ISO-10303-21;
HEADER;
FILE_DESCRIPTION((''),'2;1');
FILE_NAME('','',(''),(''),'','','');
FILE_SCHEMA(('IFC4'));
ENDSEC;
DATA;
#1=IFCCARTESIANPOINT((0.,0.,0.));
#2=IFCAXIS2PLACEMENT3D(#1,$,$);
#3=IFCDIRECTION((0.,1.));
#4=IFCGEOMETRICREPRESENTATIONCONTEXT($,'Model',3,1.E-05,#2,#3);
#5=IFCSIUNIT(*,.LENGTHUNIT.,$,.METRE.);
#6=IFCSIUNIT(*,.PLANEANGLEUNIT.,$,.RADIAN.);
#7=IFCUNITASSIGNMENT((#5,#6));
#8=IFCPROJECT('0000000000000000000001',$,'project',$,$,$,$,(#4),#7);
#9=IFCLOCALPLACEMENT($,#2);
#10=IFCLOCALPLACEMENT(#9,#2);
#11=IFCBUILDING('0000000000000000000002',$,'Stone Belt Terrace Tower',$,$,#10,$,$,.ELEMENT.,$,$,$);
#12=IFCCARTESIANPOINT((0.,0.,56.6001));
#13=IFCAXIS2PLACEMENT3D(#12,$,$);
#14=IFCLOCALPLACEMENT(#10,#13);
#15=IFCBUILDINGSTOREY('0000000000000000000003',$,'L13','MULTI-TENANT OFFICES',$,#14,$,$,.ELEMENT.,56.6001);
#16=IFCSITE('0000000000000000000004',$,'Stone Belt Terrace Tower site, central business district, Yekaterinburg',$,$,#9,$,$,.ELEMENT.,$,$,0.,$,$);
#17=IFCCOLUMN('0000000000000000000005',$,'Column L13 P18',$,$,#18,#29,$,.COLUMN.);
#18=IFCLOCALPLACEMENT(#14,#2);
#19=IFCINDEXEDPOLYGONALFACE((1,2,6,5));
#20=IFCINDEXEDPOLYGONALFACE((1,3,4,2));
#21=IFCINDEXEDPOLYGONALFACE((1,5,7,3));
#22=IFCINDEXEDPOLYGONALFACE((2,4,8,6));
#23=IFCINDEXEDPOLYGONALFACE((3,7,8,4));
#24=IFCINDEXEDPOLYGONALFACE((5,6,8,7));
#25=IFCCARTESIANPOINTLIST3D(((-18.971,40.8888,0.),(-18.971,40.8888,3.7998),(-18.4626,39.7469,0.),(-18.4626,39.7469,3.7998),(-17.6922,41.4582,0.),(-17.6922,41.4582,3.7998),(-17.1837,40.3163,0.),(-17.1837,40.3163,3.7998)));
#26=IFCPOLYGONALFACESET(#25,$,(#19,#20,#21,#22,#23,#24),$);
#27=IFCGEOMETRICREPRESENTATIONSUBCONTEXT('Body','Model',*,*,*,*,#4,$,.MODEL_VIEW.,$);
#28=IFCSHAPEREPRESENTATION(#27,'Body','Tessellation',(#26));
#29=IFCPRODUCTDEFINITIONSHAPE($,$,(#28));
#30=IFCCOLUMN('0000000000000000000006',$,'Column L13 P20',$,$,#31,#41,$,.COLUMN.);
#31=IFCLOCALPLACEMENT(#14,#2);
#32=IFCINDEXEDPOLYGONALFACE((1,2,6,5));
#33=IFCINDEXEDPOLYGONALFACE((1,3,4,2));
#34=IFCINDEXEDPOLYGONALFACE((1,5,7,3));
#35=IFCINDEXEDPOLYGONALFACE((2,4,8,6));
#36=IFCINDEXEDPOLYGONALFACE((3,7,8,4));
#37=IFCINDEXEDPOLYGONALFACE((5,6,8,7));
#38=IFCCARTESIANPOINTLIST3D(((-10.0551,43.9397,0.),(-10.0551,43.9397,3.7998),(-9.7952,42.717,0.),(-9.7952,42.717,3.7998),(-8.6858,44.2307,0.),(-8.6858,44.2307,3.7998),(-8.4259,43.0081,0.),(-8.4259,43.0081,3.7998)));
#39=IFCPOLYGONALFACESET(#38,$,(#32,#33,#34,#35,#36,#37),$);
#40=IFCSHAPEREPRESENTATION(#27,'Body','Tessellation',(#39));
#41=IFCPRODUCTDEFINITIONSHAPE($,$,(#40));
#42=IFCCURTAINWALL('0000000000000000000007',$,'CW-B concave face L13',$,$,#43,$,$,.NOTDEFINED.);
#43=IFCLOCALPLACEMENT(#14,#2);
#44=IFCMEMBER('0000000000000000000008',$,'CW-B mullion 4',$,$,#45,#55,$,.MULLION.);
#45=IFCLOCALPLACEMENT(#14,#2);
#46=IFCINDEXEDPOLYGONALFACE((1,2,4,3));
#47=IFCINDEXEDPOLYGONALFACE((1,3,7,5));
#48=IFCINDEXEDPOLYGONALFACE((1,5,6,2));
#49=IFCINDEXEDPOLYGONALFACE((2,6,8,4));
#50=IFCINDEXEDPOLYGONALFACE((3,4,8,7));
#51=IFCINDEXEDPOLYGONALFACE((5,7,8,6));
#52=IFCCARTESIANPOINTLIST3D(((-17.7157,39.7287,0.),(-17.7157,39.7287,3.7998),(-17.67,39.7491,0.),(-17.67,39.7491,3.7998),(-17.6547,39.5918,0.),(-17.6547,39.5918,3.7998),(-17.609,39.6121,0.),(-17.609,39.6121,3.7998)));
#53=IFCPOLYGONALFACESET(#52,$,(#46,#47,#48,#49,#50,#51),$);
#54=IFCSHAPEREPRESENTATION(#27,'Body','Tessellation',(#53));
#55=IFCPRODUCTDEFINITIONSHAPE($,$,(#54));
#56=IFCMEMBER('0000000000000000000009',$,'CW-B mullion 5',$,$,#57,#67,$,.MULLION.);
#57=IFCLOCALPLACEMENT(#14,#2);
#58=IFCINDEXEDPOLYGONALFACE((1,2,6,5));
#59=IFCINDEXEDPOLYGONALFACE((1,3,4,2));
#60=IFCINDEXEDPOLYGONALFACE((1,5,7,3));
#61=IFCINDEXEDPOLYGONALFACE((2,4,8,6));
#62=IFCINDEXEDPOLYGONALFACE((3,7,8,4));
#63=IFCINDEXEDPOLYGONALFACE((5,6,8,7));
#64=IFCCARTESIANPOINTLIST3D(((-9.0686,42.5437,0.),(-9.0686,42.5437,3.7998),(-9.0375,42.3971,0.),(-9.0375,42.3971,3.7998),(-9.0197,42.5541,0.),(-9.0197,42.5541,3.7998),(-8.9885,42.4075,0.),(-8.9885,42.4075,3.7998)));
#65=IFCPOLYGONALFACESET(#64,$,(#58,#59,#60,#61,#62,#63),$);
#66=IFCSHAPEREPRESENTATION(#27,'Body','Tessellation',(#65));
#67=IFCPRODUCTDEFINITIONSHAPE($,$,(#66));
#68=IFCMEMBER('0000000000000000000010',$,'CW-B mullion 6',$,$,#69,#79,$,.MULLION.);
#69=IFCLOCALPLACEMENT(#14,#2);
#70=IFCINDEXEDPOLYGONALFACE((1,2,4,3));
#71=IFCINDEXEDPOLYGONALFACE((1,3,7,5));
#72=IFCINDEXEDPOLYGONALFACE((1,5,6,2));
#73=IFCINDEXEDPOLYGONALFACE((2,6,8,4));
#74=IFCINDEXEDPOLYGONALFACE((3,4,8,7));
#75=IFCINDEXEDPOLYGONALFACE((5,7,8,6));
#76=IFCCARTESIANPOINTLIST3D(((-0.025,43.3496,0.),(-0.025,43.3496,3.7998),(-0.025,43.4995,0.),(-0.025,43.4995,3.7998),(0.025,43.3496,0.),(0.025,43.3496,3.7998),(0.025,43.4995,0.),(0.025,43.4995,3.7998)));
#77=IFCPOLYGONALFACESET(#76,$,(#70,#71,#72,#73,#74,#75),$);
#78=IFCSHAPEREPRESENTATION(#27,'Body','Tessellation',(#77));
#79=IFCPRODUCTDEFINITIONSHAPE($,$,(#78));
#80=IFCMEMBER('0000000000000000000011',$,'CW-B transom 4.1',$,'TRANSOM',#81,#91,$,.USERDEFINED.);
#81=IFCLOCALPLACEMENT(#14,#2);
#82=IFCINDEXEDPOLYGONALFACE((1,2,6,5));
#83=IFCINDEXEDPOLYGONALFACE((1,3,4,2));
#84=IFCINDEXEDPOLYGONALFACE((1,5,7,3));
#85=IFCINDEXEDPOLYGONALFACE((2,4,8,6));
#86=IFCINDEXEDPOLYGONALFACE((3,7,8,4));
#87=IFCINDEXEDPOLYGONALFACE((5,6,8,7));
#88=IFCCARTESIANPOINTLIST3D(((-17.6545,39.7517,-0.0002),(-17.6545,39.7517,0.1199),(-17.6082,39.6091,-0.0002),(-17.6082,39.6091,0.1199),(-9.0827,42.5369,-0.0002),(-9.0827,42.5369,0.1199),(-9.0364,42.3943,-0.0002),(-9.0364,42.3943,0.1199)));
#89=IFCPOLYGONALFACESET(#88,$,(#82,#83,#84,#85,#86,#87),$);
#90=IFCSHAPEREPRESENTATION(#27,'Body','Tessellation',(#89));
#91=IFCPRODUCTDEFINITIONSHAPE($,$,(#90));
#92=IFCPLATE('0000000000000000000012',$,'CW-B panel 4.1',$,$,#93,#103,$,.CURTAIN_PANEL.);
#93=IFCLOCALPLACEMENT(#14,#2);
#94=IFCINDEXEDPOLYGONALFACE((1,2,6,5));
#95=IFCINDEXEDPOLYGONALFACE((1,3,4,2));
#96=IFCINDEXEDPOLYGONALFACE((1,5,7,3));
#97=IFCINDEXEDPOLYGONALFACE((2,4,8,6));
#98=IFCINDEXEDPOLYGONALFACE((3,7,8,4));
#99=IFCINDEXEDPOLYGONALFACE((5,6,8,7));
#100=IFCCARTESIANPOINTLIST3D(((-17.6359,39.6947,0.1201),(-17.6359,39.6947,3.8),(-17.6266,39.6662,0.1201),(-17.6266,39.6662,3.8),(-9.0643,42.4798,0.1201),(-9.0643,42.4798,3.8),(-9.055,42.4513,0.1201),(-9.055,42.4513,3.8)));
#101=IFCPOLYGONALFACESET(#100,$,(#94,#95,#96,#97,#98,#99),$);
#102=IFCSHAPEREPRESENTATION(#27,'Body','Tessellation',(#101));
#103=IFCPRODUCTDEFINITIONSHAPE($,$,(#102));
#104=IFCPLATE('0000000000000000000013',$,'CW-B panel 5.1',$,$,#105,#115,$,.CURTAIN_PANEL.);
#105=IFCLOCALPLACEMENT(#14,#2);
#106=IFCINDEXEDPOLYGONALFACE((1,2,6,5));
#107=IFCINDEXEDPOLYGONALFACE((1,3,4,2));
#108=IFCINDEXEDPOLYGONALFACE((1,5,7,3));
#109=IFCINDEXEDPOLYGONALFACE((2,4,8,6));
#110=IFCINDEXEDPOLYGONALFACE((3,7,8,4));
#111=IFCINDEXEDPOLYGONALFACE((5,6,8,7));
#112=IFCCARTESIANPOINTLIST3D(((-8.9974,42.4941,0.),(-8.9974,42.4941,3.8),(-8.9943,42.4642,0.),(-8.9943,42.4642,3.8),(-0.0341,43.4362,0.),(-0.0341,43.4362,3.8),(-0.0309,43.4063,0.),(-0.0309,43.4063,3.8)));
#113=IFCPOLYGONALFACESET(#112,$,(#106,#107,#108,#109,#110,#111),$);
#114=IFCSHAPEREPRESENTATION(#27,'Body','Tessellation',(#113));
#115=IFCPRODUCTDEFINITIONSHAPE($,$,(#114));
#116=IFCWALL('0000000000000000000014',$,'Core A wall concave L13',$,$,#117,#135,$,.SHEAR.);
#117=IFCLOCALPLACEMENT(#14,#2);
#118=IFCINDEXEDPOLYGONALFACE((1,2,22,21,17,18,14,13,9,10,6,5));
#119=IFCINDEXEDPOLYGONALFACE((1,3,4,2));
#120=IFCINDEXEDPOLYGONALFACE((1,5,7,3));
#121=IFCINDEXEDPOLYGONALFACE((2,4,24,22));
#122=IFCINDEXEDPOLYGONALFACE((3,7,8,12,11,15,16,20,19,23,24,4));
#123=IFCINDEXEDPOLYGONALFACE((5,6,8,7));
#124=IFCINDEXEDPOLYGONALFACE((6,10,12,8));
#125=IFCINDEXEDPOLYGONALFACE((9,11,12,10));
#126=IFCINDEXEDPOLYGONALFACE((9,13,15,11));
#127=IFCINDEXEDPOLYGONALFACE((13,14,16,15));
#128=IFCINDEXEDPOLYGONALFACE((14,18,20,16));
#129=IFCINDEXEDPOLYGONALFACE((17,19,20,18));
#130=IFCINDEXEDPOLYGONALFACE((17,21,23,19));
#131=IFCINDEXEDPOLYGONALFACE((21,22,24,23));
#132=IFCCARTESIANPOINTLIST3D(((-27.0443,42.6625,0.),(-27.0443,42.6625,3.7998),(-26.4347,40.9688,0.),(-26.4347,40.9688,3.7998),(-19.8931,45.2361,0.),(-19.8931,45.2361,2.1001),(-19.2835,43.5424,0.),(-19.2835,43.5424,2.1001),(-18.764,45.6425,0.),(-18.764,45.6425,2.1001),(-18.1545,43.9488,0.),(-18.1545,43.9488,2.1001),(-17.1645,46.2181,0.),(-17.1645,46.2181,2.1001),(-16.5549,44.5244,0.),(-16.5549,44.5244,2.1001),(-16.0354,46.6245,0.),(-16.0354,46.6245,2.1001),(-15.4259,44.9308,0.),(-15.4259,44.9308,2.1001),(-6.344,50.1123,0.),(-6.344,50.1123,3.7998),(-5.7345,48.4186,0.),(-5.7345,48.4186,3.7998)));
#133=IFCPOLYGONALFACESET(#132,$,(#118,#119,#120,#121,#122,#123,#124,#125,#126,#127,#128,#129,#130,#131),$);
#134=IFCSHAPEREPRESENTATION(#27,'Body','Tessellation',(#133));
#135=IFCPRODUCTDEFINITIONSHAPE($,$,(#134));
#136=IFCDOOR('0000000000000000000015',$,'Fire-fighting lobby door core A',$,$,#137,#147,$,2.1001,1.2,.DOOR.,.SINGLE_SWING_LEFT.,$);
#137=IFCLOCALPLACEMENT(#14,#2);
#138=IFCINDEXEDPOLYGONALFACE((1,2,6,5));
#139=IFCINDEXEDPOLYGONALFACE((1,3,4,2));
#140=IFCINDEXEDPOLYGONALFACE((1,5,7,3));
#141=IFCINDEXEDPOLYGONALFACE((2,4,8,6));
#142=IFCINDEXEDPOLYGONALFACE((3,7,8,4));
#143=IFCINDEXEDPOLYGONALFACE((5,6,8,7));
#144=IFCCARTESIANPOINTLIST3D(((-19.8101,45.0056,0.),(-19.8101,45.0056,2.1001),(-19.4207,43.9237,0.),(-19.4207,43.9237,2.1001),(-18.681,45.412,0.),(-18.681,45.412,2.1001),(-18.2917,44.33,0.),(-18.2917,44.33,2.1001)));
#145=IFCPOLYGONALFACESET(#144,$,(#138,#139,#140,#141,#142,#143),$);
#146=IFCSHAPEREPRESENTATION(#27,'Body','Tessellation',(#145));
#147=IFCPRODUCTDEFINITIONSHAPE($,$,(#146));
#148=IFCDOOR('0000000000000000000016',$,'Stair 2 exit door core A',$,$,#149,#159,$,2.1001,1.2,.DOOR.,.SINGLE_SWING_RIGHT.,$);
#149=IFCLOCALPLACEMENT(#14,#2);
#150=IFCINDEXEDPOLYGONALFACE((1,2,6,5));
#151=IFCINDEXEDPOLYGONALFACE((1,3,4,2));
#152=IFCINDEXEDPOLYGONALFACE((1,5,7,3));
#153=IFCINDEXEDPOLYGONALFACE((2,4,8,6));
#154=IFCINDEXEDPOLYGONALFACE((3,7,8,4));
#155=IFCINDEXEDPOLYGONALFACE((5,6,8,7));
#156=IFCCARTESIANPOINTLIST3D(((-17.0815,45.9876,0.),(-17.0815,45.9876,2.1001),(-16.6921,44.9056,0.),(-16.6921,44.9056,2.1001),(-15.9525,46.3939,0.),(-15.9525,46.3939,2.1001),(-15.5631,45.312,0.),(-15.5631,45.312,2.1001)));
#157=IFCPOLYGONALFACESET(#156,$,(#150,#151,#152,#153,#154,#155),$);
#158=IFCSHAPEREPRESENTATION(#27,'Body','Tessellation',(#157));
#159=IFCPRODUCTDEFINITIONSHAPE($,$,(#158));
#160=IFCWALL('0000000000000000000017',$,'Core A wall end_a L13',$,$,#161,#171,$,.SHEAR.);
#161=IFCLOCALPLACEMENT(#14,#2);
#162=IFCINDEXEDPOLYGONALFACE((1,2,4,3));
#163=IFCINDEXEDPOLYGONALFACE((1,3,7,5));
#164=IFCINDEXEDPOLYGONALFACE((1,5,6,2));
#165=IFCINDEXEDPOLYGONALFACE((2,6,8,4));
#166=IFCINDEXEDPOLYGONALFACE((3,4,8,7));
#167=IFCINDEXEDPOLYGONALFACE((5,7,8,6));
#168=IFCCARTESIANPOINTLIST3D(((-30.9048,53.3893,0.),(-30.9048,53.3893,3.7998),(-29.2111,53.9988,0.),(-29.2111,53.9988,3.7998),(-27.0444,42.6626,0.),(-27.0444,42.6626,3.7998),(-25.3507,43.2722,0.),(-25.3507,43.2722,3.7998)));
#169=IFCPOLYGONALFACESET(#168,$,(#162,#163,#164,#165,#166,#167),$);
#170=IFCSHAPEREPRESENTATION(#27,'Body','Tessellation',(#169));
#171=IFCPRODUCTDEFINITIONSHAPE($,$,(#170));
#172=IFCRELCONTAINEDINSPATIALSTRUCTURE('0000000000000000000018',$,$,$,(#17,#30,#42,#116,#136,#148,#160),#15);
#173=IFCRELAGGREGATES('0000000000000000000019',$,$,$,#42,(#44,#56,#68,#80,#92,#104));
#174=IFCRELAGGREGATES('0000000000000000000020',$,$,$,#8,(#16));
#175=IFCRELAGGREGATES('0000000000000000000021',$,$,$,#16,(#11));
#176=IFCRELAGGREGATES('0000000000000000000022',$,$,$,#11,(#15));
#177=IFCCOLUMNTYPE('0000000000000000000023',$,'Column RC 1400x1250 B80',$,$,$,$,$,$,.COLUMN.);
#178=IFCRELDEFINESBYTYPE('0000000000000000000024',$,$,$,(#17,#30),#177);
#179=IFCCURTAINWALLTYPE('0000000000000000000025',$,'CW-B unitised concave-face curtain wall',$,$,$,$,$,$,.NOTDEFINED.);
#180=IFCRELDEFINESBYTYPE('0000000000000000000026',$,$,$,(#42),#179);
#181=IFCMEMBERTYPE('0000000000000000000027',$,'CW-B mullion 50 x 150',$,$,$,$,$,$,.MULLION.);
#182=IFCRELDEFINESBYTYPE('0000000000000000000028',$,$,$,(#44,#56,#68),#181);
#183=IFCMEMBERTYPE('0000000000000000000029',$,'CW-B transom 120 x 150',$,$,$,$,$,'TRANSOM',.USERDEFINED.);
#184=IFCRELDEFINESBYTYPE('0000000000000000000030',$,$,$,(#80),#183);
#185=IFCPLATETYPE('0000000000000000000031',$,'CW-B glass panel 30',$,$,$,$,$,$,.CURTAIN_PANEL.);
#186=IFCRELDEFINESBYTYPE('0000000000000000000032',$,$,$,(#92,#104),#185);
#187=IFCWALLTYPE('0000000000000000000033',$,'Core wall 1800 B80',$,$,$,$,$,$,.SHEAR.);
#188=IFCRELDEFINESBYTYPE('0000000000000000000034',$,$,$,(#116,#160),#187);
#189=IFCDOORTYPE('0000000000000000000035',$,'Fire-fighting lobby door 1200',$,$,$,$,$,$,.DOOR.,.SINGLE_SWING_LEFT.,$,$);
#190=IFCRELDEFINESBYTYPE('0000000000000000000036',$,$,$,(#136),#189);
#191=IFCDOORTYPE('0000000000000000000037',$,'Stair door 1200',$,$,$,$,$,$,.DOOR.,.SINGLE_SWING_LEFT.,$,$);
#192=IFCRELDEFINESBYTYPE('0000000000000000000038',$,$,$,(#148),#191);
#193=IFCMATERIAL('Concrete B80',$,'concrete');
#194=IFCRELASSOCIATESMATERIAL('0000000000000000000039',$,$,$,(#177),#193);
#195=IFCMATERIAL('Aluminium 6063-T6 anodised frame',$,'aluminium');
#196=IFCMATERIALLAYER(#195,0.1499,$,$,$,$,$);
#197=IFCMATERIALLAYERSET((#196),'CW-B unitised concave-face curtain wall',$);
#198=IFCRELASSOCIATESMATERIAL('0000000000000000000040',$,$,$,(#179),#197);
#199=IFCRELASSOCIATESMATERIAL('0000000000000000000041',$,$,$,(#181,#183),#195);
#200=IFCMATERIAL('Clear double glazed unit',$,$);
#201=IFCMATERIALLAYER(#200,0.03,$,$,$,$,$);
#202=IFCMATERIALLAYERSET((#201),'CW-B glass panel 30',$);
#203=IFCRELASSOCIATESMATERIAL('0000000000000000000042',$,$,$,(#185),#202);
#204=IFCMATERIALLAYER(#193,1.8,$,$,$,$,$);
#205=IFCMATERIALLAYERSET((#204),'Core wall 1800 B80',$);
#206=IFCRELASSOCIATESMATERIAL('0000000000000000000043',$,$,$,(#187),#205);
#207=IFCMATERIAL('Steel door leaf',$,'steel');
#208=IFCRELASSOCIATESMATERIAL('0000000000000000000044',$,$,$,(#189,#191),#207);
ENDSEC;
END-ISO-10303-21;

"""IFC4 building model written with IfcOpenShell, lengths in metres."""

from ifc_helpers import new_model, si_unit, direction, frame, frame_2d, origin, origin_2d, place, context, subcontext, project, spatial, rectangle, extrude, material, layer, layer_set, material_profile, profile_set, type_object, element, fill, aggregate, save


model = new_model("IFC4")

# Units and contexts
model_context = context("Model", 3, precision=1e-05, world=origin(), true_north=direction((0.0, 1.0)))
body_context = subcontext(model_context, "Body", "Model", "MODEL_VIEW")
ifc_project = project(units=[si_unit("LENGTHUNIT", "METRE"), si_unit("PLANEANGLEUNIT", "RADIAN")], contexts=[model_context])

# Site, building, storey
site_placement = place(None, origin())
site = spatial("IfcSite", under=ifc_project, at=site_placement, Name="Stone Belt Terrace Tower site, central business district, Yekaterinburg", CompositionType="ELEMENT", RefElevation=0.0)
building_placement = place(site_placement, origin())
building = spatial("IfcBuilding", under=site, at=building_placement, Name="Stone Belt Terrace Tower", CompositionType="ELEMENT")
storey_placement = place(building_placement, frame((0.0, 0.0, 56.6001)))
storey = spatial("IfcBuildingStorey", under=building, at=storey_placement, Name="L13", Description="MULTI-TENANT OFFICES", CompositionType="ELEMENT", Elevation=56.6001)

# Columns
ifc_material_1 = material(Name="Concrete B80", Category="concrete")
ifc_material_profile_1 = material_profile(ifc_material_1, rectangle(XDim=1.3999, YDim=1.25, at=origin_2d()), Name="RC 1400x1250")
ifc_profile_set_1 = profile_set([ifc_material_profile_1], Name="Concrete B80")
column_type = type_object("IfcColumnType", Name="Column RC 1400x1250 B80", PredefinedType="COLUMN", material=ifc_profile_set_1)
for number, where, z_axis, x_axis, name in (
    (1, (-18.0774, 40.6025, 0.0), (0.0, 0.0, 1.0), (0.913545, 0.406737, 0.0), "Column L13 P18"),
    (2, (-9.2405, 43.4739, 0.0), (0.0, 0.0, 1.0), (0.978148, 0.207912, 0.0), "Column L13 P20"),
):
    element("IfcColumn", number, at=place(storey_placement, frame(where, z_axis=z_axis, x_axis=x_axis)), inside=storey, type_object=column_type, Name=name, PredefinedType="COLUMN", context=body_context, shape_type="SweptSolid", body=[
        extrude(rectangle(XDim=1.3999, YDim=1.25, at=origin_2d()), origin(), (0.0, 0.0, 1.0), 3.7998),
    ])

# Curtain wall, members, plates
ifc_material_2 = material(Name="Aluminium 6063-T6 anodised frame", Category="aluminium")
ifc_layer_1 = layer(ifc_material_2, 0.1499)
ifc_layer_set_1 = layer_set([ifc_layer_1], Name="CW-B unitised concave-face curtain wall")
curtain_wall_type = type_object("IfcCurtainWallType", Name="CW-B unitised concave-face curtain wall", PredefinedType="NOTDEFINED", material=ifc_layer_set_1)
curtain_wall_placement = place(storey_placement, origin())
curtain_wall = element("IfcCurtainWall", 3, at=curtain_wall_placement, inside=storey, type_object=curtain_wall_type, Name="CW-B concave face L13", PredefinedType="NOTDEFINED")
ifc_material_profile_2 = material_profile(ifc_material_2, rectangle(XDim=0.1499, YDim=0.05, at=origin_2d()), Name="Aluminium 6063-T6 50x150")
ifc_profile_set_2 = profile_set([ifc_material_profile_2], Name="Aluminium 6063-T6 anodised frame")
member_type_1 = type_object("IfcMemberType", Name="CW-B mullion 50 x 150", PredefinedType="MULLION", material=ifc_profile_set_2)
member_1_placement = place(storey_placement, frame((-17.6624, 39.6704, 0.0), z_axis=(0.0, 0.0, 1.0), x_axis=(-0.406737, 0.913545, 0.0)))
member_1 = element("IfcMember", 4, at=member_1_placement, type_object=member_type_1, Name="CW-B mullion 4", PredefinedType="MULLION", context=body_context, shape_type="SweptSolid", body=[
    extrude(rectangle(XDim=0.1499, YDim=0.05, at=origin_2d()), origin(), (0.0, 0.0, 1.0), 3.7998),
])
member_2_placement = place(storey_placement, frame((-9.0286, 42.4756, 0.0), z_axis=(0.0, 0.0, 1.0), x_axis=(-0.207912, 0.978148, 0.0)))
member_2 = element("IfcMember", 5, at=member_2_placement, type_object=member_type_1, Name="CW-B mullion 5", PredefinedType="MULLION", context=body_context, shape_type="SweptSolid", body=[
    extrude(rectangle(XDim=0.1499, YDim=0.05, at=origin_2d()), origin(), (0.0, 0.0, 1.0), 3.7998),
])
member_3_placement = place(storey_placement, frame((0.0, 43.4246, 0.0), z_axis=(0.0, 0.0, 1.0), x_axis=(0.0, 1.0, 0.0)))
member_3 = element("IfcMember", 6, at=member_3_placement, type_object=member_type_1, Name="CW-B mullion 6", PredefinedType="MULLION", context=body_context, shape_type="SweptSolid", body=[
    extrude(rectangle(XDim=0.1499, YDim=0.05, at=origin_2d()), origin(), (0.0, 0.0, 1.0), 3.7998),
])
ifc_material_profile_3 = material_profile(ifc_material_2, rectangle(XDim=0.1499, YDim=0.1201, at=origin_2d()), Name="Aluminium 6063-T6 150x120")
ifc_profile_set_3 = profile_set([ifc_material_profile_3], Name="Aluminium 6063-T6 anodised frame")
member_type_2 = type_object("IfcMemberType", Name="CW-B transom 120 x 150", ElementType="TRANSOM", PredefinedType="USERDEFINED", material=ifc_profile_set_3)
member_4_placement = place(storey_placement, frame((-17.6313, 39.6804, 0.0598), z_axis=(0.951056, 0.309019, 0.0), x_axis=(-0.309019, 0.951056, 0.0)))
member_4 = element("IfcMember", 7, at=member_4_placement, type_object=member_type_2, Name="CW-B transom 4.1", ObjectType="TRANSOM", PredefinedType="USERDEFINED", context=body_context, shape_type="SweptSolid", body=[
    extrude(rectangle(XDim=0.1499, YDim=0.1201, at=origin_2d()), origin(), (0.0, 0.0, 1.0), 9.0129),
])
ifc_material_3 = material(Name="Clear double glazed unit")
ifc_layer_2 = layer(ifc_material_3, 0.03)
ifc_layer_set_2 = layer_set([ifc_layer_2], Name="CW-B glass panel 30")
plate_type = type_object("IfcPlateType", Name="CW-B glass panel 30", PredefinedType="CURTAIN_PANEL", material=ifc_layer_set_2)
plate_1_placement = place(storey_placement, frame((-13.3455, 41.073, 0.1201), z_axis=(0.0, 0.0, 1.0), x_axis=(0.951057, 0.309017, 0.0)))
plate_1 = element("IfcPlate", 8, at=plate_1_placement, type_object=plate_type, Name="CW-B panel 4.1", PredefinedType="CURTAIN_PANEL", context=body_context, shape_type="SweptSolid", body=[
    extrude(rectangle(XDim=9.0127, YDim=0.03, at=origin_2d()), origin(), (0.0, 0.0, 1.0), 3.6799),
])
plate_2_placement = place(storey_placement, frame((-4.5142, 42.9502, 0.0), z_axis=(0.0, 0.0, 1.0), x_axis=(0.994522, 0.104528, 0.0)))
plate_2 = element("IfcPlate", 9, at=plate_2_placement, type_object=plate_type, Name="CW-B panel 5.1", PredefinedType="CURTAIN_PANEL", context=body_context, shape_type="SweptSolid", body=[
    extrude(rectangle(XDim=9.0127, YDim=0.03, at=origin_2d()), origin(), (0.0, 0.0, 1.0), 3.8),
])
aggregate(curtain_wall, [member_1, member_2, member_3, member_4, plate_1, plate_2])

# Wall, openings, doors
ifc_layer_3 = layer(ifc_material_1, 1.8)
ifc_layer_set_3 = layer_set([ifc_layer_3], Name="Core wall 1800 B80")
wall_type_1 = type_object("IfcWallType", Name="Core wall 1800 B80", PredefinedType="SHEAR", material=ifc_layer_set_3)
wall_1_placement = place(storey_placement, frame((-26.7395, 41.8157, 0.0), z_axis=(0.0, 0.0, 1.0), x_axis=(0.940922, 0.338624, 0.0)))
wall_1 = element("IfcWall", 10, at=wall_1_placement, inside=storey, type_object=wall_type_1, Name="Core A wall concave L13", PredefinedType="SHEAR", context=body_context, shape_type="SweptSolid", body=[
    extrude(rectangle(XDim=22.0, YDim=1.8, at=frame_2d((11.0, 0.0))), origin(), (0.0, 0.0, 1.0), 3.7998),
])
opening_1_placement = place(wall_1_placement, frame((7.6001, 0.0, 0.0)))
opening_1 = element("IfcOpeningElement", 11, at=opening_1_placement, cuts=wall_1, PredefinedType="OPENING", context=body_context, shape_type="SweptSolid", body=[
    extrude(rectangle(XDim=1.2, YDim=2.1001, at=frame_2d((0.6001, 1.05))), frame((0.0, 0.9099, 0.0), z_axis=(0.0, -1.0, 0.0), x_axis=(1.0, 0.0, 0.0)), (0.0, 0.0, 1.0), 1.8201),
])
opening_2_placement = place(wall_1_placement, frame((10.5, 0.0, 0.0)))
opening_2 = element("IfcOpeningElement", 12, at=opening_2_placement, cuts=wall_1, PredefinedType="OPENING", context=body_context, shape_type="SweptSolid", body=[
    extrude(rectangle(XDim=1.2, YDim=2.1001, at=frame_2d((0.6001, 1.05))), frame((0.0, 0.9099, 0.0), z_axis=(0.0, -1.0, 0.0), x_axis=(1.0, 0.0, 0.0)), (0.0, 0.0, 1.0), 1.8201),
])
ifc_material_4 = material(Name="Steel door leaf", Category="steel")
door_type_1 = type_object("IfcDoorType", Name="Fire-fighting lobby door 1200", OperationType="SINGLE_SWING_LEFT", PredefinedType="DOOR", material=ifc_material_4)
door_1_placement = place(opening_1_placement, origin())
door_1 = element("IfcDoor", 13, at=door_1_placement, inside=storey, type_object=door_type_1, Name="Fire-fighting lobby door core A", OperationType="SINGLE_SWING_LEFT", OverallHeight=2.1001, OverallWidth=1.2, PredefinedType="DOOR", context=body_context, shape_type="SweptSolid", body=[
    extrude(rectangle(XDim=1.2, YDim=2.1001, at=frame_2d((0.6001, 1.05))), frame((0.0, 0.655, 0.0), z_axis=(0.0, -1.0, 0.0), x_axis=(1.0, 0.0, 0.0)), (0.0, 0.0, 1.0), 1.1499),
])
fill(opening_1, door_1)
door_type_2 = type_object("IfcDoorType", Name="Stair door 1200", OperationType="SINGLE_SWING_LEFT", PredefinedType="DOOR", material=ifc_material_4)
door_2_placement = place(opening_2_placement, origin())
door_2 = element("IfcDoor", 14, at=door_2_placement, inside=storey, type_object=door_type_2, Name="Stair 2 exit door core A", OperationType="SINGLE_SWING_RIGHT", OverallHeight=2.1001, OverallWidth=1.2, PredefinedType="DOOR", context=body_context, shape_type="SweptSolid", body=[
    extrude(rectangle(XDim=1.2, YDim=2.1001, at=frame_2d((0.6001, 1.05))), frame((0.0, 0.655, 0.0), z_axis=(0.0, -1.0, 0.0), x_axis=(1.0, 0.0, 0.0)), (0.0, 0.0, 1.0), 1.1499),
])
fill(opening_2, door_2)

# Wall
wall_2_placement = place(storey_placement, frame((-26.1975, 42.9673, 0.0), z_axis=(0.0, 0.0, 1.0), x_axis=(-0.338625, 0.940921, 0.0)))
element("IfcWall", 15, at=wall_2_placement, inside=storey, type_object=wall_type_1, Name="Core A wall end_a L13", PredefinedType="SHEAR", context=body_context, shape_type="SweptSolid", body=[
    extrude(rectangle(XDim=11.4001, YDim=1.8, at=frame_2d((5.7002, 0.0))), origin(), (0.0, 0.0, 1.0), 3.7998),
])

save(model, "model.ifc")
